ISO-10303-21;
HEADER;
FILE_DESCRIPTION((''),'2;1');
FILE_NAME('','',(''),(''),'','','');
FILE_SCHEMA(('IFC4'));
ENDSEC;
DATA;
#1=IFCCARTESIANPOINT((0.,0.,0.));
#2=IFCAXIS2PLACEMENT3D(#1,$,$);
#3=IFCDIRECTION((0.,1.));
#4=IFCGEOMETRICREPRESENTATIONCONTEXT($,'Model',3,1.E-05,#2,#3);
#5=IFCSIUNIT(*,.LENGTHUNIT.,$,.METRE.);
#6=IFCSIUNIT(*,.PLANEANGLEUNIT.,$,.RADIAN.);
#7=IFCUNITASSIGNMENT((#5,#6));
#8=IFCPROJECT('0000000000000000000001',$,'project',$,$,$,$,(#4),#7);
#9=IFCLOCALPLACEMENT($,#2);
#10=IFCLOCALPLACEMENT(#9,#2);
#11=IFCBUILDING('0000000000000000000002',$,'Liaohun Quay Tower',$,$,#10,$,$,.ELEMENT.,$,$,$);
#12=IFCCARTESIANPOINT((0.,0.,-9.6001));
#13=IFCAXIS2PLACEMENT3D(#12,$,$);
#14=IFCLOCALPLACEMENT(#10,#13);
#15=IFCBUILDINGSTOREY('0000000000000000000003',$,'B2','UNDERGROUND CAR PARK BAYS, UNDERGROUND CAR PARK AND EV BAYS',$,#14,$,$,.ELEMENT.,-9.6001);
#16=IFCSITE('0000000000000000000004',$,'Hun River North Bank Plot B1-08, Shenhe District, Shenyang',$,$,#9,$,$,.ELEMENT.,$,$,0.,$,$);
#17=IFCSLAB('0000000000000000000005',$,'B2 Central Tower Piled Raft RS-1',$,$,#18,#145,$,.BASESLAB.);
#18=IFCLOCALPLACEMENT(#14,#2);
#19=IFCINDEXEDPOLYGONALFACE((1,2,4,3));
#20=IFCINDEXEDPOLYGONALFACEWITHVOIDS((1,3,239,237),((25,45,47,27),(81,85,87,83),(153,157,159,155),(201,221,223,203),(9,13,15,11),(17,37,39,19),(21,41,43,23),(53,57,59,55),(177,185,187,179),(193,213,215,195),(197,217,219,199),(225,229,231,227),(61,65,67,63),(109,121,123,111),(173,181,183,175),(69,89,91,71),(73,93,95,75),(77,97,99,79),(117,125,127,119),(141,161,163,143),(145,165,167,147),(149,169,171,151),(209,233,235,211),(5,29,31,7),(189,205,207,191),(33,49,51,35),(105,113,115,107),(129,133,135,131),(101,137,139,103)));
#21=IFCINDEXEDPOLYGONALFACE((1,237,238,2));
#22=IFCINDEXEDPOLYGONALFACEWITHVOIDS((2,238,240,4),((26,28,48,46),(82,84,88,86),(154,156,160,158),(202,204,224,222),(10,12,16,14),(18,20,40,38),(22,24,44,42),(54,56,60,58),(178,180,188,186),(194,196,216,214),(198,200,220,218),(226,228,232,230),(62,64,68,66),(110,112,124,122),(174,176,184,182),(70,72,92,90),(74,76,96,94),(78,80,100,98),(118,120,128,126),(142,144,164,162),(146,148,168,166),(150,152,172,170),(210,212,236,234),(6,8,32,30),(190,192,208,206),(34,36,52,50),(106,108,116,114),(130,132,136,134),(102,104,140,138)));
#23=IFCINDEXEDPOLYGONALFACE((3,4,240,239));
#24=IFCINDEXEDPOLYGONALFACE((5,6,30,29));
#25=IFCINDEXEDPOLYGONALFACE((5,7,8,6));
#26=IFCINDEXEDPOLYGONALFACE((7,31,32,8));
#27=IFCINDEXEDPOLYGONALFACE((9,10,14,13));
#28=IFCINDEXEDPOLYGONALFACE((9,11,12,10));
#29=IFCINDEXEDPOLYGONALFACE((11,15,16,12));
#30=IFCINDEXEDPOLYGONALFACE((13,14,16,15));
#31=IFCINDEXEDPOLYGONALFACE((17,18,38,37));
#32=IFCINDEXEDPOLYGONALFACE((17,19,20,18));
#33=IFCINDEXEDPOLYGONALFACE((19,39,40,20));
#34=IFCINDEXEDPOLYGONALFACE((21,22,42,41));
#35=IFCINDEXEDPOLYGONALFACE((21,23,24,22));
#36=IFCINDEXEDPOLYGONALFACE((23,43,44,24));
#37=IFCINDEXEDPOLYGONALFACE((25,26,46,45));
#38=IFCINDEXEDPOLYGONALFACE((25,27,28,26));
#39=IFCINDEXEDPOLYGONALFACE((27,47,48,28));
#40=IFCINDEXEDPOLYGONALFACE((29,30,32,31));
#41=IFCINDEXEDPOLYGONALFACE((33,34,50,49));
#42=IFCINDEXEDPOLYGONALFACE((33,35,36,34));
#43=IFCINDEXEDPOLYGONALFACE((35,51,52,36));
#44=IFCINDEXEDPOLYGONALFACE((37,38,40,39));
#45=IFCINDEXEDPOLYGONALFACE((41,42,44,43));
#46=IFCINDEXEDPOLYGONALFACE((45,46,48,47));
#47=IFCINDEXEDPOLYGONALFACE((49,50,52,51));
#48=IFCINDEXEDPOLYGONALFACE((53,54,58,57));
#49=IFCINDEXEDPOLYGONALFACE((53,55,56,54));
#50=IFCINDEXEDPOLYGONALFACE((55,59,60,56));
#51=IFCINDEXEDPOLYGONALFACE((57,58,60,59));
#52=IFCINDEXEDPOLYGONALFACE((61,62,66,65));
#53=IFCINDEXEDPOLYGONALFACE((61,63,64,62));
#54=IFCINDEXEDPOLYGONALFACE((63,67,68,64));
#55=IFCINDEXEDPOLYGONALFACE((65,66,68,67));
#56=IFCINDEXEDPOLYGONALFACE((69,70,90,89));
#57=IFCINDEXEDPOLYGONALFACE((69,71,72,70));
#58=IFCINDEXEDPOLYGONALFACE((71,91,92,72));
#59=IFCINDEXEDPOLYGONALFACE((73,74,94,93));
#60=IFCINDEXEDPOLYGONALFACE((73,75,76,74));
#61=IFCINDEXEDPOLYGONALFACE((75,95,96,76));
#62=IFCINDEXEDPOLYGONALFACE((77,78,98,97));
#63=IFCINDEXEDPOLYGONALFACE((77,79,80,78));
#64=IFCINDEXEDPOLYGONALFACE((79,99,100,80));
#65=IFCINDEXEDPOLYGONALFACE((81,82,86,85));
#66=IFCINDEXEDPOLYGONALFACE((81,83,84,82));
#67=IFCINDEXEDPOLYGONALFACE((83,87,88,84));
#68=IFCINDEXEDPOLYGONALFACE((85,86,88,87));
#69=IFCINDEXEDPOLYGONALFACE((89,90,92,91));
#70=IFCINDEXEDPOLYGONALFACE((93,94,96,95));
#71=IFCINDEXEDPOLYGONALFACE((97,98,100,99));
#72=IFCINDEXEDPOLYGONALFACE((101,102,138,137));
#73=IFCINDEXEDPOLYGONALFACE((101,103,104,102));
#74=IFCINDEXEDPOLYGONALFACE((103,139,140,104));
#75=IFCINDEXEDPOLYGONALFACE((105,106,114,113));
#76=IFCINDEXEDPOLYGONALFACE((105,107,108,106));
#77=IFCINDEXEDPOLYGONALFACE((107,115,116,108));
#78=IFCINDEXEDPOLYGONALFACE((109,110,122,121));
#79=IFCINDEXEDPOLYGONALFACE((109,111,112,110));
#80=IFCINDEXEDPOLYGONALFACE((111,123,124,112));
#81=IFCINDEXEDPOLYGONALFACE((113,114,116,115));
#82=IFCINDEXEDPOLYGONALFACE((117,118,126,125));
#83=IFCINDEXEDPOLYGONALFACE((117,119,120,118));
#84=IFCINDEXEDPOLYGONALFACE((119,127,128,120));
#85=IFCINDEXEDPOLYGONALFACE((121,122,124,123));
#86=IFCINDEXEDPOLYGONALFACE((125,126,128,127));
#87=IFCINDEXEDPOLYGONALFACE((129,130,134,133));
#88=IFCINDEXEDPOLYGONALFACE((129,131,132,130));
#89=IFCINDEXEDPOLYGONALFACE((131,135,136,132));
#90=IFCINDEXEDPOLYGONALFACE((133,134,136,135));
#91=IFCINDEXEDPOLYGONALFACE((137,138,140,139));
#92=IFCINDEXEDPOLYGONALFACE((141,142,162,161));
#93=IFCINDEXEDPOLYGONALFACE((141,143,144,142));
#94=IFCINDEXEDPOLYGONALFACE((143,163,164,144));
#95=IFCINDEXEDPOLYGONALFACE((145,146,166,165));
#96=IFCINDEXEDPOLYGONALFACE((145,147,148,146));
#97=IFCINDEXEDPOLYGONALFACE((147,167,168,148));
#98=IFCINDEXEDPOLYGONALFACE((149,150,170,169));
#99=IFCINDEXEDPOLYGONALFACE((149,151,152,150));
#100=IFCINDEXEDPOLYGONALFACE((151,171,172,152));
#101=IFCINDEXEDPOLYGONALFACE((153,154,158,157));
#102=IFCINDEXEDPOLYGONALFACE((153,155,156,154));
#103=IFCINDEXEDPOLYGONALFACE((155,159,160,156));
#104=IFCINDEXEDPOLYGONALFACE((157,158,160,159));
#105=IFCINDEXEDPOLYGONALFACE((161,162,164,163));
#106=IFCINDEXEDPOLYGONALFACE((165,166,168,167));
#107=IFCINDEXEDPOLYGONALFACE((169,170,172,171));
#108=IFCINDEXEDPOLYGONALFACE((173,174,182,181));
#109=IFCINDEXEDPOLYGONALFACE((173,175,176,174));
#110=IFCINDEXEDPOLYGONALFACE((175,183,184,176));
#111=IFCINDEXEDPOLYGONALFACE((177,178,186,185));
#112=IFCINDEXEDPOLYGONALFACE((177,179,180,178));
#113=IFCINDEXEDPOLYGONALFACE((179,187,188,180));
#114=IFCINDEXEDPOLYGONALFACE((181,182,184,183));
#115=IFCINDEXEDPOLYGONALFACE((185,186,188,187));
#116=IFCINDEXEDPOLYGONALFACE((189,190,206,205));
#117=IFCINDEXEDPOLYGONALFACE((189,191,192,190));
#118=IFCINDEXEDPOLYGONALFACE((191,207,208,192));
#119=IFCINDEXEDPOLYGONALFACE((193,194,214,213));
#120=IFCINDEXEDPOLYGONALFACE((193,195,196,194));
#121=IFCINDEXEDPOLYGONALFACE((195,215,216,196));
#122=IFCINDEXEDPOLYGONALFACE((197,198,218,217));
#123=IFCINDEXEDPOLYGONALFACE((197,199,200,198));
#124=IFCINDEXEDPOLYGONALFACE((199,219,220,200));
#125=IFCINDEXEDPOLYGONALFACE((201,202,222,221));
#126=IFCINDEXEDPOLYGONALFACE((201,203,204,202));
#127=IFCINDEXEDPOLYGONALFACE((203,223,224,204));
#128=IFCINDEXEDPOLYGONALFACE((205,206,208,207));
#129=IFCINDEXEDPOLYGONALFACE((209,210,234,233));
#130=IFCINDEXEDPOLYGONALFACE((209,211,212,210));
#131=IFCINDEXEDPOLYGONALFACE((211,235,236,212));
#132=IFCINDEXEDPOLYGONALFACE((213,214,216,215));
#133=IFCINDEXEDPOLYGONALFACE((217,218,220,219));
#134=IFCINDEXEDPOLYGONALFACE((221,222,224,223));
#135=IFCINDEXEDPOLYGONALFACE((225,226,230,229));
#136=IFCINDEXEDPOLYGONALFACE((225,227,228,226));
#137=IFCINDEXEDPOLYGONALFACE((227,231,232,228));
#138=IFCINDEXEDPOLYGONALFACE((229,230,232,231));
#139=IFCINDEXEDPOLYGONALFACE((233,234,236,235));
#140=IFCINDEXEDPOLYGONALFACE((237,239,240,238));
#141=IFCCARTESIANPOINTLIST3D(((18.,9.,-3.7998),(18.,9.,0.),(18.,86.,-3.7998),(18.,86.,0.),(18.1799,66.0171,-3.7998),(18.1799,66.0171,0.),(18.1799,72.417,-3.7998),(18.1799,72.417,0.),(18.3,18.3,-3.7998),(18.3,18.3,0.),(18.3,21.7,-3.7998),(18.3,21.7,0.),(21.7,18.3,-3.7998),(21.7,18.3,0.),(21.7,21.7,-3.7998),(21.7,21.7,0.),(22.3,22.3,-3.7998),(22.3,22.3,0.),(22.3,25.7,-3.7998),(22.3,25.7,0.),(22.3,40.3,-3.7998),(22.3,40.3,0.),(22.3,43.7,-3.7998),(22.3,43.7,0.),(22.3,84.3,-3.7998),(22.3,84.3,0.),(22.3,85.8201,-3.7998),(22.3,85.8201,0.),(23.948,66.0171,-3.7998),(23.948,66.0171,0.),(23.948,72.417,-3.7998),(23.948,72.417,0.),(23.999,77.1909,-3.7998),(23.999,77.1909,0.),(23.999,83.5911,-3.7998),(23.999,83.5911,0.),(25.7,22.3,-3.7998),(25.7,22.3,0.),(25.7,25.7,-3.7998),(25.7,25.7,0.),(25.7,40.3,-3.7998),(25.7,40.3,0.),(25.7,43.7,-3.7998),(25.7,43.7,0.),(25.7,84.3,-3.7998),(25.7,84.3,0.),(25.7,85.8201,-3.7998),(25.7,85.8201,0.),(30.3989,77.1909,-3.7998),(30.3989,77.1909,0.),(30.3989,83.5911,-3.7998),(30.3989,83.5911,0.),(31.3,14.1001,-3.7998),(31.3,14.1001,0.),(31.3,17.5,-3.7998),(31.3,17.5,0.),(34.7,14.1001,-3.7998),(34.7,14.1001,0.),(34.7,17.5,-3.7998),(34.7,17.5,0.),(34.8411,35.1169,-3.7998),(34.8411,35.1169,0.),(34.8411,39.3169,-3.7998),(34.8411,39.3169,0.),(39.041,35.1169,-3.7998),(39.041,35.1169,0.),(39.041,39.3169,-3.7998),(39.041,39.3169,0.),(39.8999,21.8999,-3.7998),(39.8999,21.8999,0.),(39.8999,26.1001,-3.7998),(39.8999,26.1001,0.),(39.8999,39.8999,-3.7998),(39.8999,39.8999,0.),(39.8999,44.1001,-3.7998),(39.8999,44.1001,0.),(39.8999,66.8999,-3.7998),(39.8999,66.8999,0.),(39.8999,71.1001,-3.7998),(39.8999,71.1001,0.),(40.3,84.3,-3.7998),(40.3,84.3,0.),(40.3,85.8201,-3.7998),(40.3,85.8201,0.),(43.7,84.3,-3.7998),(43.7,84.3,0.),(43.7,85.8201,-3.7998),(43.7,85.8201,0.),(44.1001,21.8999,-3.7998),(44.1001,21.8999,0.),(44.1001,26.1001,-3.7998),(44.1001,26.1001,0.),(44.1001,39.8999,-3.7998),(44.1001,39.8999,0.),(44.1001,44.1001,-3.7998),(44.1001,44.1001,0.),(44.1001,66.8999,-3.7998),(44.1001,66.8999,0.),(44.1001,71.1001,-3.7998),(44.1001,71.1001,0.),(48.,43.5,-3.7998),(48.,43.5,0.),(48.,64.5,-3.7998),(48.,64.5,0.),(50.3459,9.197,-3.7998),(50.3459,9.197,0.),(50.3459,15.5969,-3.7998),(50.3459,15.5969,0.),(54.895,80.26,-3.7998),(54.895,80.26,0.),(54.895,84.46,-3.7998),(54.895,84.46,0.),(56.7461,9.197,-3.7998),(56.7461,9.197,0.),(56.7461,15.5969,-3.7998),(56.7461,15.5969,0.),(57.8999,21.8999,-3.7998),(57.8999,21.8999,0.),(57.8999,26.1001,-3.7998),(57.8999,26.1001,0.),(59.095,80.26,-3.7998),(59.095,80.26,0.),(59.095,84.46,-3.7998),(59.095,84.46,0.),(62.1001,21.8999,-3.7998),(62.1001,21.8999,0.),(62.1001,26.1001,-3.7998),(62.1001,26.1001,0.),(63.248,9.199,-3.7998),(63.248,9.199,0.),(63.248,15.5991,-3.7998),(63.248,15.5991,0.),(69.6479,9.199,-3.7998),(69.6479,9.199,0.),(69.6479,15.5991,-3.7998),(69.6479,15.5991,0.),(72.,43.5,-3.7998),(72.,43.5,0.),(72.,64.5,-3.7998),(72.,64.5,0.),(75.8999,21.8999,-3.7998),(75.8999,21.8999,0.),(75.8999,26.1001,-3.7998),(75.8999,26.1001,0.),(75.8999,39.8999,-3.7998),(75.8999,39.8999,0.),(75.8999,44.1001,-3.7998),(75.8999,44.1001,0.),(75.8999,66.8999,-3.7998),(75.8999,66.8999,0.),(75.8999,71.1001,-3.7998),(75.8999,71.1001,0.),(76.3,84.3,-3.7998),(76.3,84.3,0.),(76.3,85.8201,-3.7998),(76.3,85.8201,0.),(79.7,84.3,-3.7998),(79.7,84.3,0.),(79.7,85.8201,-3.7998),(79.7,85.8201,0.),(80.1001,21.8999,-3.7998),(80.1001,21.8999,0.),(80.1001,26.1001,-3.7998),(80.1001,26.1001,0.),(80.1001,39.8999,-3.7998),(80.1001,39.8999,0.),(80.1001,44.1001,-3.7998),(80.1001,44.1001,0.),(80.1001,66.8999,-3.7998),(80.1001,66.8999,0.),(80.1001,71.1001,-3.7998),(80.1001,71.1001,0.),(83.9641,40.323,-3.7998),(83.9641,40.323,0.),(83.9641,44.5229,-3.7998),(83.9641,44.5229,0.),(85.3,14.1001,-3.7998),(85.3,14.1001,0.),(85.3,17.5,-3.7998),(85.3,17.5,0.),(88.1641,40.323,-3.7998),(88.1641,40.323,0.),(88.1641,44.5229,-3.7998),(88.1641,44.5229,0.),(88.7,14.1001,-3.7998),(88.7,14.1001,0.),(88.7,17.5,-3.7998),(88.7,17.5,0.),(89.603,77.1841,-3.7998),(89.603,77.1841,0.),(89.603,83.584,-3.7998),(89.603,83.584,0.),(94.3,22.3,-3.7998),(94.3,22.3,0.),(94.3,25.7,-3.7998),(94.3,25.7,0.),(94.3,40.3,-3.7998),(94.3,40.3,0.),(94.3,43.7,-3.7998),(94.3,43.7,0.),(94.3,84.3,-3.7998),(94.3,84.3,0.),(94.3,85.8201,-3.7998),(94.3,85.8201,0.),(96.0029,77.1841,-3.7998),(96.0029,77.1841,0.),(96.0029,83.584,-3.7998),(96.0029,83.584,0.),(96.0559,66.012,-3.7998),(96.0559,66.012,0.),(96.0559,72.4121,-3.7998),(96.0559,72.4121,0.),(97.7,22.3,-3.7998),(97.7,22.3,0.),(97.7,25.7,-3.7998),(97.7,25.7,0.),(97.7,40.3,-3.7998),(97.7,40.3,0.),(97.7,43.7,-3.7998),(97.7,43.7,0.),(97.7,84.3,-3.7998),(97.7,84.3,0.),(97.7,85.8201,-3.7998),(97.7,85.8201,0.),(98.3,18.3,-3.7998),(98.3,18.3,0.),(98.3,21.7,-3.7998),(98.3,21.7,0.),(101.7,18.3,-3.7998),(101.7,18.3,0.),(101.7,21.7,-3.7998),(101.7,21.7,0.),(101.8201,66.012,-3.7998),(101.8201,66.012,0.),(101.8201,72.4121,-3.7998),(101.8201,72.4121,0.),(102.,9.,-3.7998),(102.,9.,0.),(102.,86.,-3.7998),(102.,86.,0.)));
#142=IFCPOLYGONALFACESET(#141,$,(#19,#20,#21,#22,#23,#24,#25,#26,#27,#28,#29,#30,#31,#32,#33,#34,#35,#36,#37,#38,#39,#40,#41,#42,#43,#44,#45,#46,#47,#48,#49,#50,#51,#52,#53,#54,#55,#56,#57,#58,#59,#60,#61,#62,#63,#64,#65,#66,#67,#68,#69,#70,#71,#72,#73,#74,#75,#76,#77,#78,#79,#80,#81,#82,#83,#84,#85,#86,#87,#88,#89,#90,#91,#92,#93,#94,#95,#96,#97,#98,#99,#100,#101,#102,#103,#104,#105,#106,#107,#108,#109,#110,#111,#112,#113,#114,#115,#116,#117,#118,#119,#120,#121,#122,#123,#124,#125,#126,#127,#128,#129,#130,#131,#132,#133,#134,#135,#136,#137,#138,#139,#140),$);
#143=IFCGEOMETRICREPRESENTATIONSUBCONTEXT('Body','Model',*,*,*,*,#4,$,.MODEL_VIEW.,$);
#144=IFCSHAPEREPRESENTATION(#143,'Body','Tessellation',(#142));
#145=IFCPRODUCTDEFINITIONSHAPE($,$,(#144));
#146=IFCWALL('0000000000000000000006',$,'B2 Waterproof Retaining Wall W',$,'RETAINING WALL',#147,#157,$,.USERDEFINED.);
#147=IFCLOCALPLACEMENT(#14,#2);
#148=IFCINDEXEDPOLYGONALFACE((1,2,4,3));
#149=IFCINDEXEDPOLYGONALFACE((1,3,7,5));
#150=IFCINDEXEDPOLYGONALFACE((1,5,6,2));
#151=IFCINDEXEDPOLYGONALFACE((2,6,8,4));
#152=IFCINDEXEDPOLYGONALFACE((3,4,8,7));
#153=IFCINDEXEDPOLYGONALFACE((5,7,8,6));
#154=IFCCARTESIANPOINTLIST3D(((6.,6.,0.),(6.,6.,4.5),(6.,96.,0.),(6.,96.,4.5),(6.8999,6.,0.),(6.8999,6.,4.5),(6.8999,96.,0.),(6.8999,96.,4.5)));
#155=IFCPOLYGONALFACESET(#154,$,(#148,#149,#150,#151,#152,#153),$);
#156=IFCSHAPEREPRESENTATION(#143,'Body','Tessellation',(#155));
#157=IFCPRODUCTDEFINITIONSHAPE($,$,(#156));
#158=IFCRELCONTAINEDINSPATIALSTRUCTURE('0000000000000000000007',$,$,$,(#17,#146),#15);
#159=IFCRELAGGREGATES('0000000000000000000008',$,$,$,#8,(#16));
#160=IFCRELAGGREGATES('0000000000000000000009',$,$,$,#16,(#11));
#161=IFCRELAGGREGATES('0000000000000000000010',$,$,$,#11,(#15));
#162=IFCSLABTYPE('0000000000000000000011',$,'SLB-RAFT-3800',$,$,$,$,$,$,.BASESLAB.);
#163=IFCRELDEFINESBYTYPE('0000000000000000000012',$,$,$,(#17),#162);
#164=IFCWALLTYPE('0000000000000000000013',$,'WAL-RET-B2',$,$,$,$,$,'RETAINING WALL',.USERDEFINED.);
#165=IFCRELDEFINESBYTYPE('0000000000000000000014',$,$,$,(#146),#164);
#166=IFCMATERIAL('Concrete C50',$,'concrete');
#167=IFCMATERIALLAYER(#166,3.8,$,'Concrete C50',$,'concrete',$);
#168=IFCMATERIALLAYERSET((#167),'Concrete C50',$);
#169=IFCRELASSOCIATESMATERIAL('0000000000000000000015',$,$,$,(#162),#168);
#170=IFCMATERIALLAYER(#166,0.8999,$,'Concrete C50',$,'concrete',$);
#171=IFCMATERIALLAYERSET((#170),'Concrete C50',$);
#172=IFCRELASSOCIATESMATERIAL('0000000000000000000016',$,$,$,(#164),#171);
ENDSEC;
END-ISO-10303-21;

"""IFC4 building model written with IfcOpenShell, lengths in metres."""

from ifc_helpers import new_model, si_unit, direction, frame, frame_2d, origin, place, context, subcontext, project, spatial, polyline, rectangle, outline, extrude, material, layer, layer_set, type_object, element, save


model = new_model("IFC4")

# Units and contexts
model_context = context("Model", 3, precision=1e-05, world=origin(), true_north=direction((0.0, 1.0)))
body_context = subcontext(model_context, "Body", "Model", "MODEL_VIEW")
ifc_project = project(units=[si_unit("LENGTHUNIT", "METRE"), si_unit("PLANEANGLEUNIT", "RADIAN")], contexts=[model_context])

# Site, building, storey
site_placement = place(None, origin())
site = spatial("IfcSite", under=ifc_project, at=site_placement, Name="Hun River North Bank Plot B1-08, Shenhe District, Shenyang", CompositionType="ELEMENT", RefElevation=0.0)
building_placement = place(site_placement, origin())
building = spatial("IfcBuilding", under=site, at=building_placement, Name="Liaohun Quay Tower", CompositionType="ELEMENT")
storey_placement = place(building_placement, frame((0.0, 0.0, -9.6001)))
storey = spatial("IfcBuildingStorey", under=building, at=storey_placement, Name="B2", Description="UNDERGROUND CAR PARK BAYS, UNDERGROUND CAR PARK AND EV BAYS", CompositionType="ELEMENT", Elevation=-9.6001)

# Slab
ifc_material_1 = material(Name="Concrete C50", Category="concrete")
ifc_layer_1 = layer(ifc_material_1, 3.8, Name="Concrete C50", Category="concrete")
ifc_layer_set_1 = layer_set([ifc_layer_1], Name="Concrete C50")
slab_type_1 = type_object("IfcSlabType", Name="SLB-RAFT-3800", PredefinedType="BASESLAB", material=ifc_layer_set_1)
slab_1_placement = place(storey_placement, frame((0.0, 0.0, -3.7998)))
element("IfcSlab", 1, at=slab_1_placement, inside=storey, type_object=slab_type_1, Name="B2 Central Tower Piled Raft RS-1", PredefinedType="BASESLAB", context=body_context, shape_type="SweptSolid", body=[
    extrude(outline(polyline([(18.0, 9.0), (102.0, 9.0), (102.0, 86.0), (18.0, 86.0), (18.0, 9.0)]), holes=[polyline([(56.7461, 9.197), (56.7461, 15.5969), (50.3459, 15.5969), (50.3459, 9.197), (56.7461, 9.197)]), polyline([(31.3, 14.1001), (34.7, 14.1001), (34.7, 17.5), (31.3, 17.5), (31.3, 14.1001)]), polyline([(18.3, 18.3), (21.7, 18.3), (21.7, 21.7), (18.3, 21.7), (18.3, 18.3)]), polyline([(22.3, 22.3), (25.7, 22.3), (25.7, 25.7), (22.3, 25.7), (22.3, 22.3)]), polyline([(39.8999, 21.8999), (44.1001, 21.8999), (44.1001, 26.1001), (39.8999, 26.1001), (39.8999, 21.8999)]), polyline([(34.8411, 35.1169), (39.041, 35.1169), (39.041, 39.3169), (34.8411, 39.3169), (34.8411, 35.1169)]), polyline([(22.3, 40.3), (25.7, 40.3), (25.7, 43.7), (22.3, 43.7), (22.3, 40.3)]), polyline([(44.1001, 39.8999), (44.1001, 44.1001), (39.8999, 44.1001), (39.8999, 39.8999), (44.1001, 39.8999)]), polyline([(48.0, 43.5), (72.0, 43.5), (72.0, 64.5), (48.0, 64.5), (48.0, 43.5)]), polyline([(39.8999, 66.8999), (44.1001, 66.8999), (44.1001, 71.1001), (39.8999, 71.1001), (39.8999, 66.8999)]), polyline([(23.948, 72.417), (18.1799, 72.417), (18.1799, 66.0171), (23.948, 66.0171), (23.948, 72.417)]), polyline([(23.999, 77.1909), (30.3989, 77.1909), (30.3989, 83.5911), (23.999, 83.5911), (23.999, 77.1909)]), polyline([(54.895, 80.26), (59.095, 80.26), (59.095, 84.46), (54.895, 84.46), (54.895, 80.26)]), polyline([(25.7, 84.3), (25.7, 85.8201), (22.3, 85.8201), (22.3, 84.3), (25.7, 84.3)]), polyline([(43.7, 85.8201), (40.3, 85.8201), (40.3, 84.3), (43.7, 84.3), (43.7, 85.8201)]), polyline([(63.248, 9.199), (69.6479, 9.199), (69.6479, 15.5991), (63.248, 15.5991), (63.248, 9.199)]), polyline([(85.3, 14.1001), (88.7, 14.1001), (88.7, 17.5), (85.3, 17.5), (85.3, 14.1001)]), polyline([(98.3, 18.3), (101.7, 18.3), (101.7, 21.7), (98.3, 21.7), (98.3, 18.3)]), polyline([(57.8999, 21.8999), (62.1001, 21.8999), (62.1001, 26.1001), (57.8999, 26.1001), (57.8999, 21.8999)]), polyline([(75.8999, 21.8999), (80.1001, 21.8999), (80.1001, 26.1001), (75.8999, 26.1001), (75.8999, 21.8999)]), polyline([(94.3, 22.3), (97.7, 22.3), (97.7, 25.7), (94.3, 25.7), (94.3, 22.3)]), polyline([(75.8999, 39.8999), (80.1001, 39.8999), (80.1001, 44.1001), (75.8999, 44.1001), (75.8999, 39.8999)]), polyline([(94.3, 40.3), (97.7, 40.3), (97.7, 43.7), (94.3, 43.7), (94.3, 40.3)]), polyline([(83.9641, 40.323), (88.1641, 40.323), (88.1641, 44.5229), (83.9641, 44.5229), (83.9641, 40.323)]), polyline([(75.8999, 66.8999), (80.1001, 66.8999), (80.1001, 71.1001), (75.8999, 71.1001), (75.8999, 66.8999)]), polyline([(96.0559, 66.012), (101.8201, 66.012), (101.8201, 72.4121), (96.0559, 72.4121), (96.0559, 66.012)]), polyline([(89.603, 77.1841), (96.0029, 77.1841), (96.0029, 83.584), (89.603, 83.584), (89.603, 77.1841)]), polyline([(79.7, 84.3), (79.7, 85.8201), (76.3, 85.8201), (76.3, 84.3), (79.7, 84.3)]), polyline([(97.7, 84.3), (97.7, 85.8201), (94.3, 85.8201), (94.3, 84.3), (97.7, 84.3)])]), origin(), (0.0, 0.0, 1.0), 3.7998),
])

# Wall
ifc_layer_2 = layer(ifc_material_1, 0.8999, Name="Concrete C50", Category="concrete")
ifc_layer_set_2 = layer_set([ifc_layer_2], Name="Concrete C50")
wall_type = type_object("IfcWallType", Name="WAL-RET-B2", ElementType="RETAINING WALL", PredefinedType="USERDEFINED", material=ifc_layer_set_2)
wall_placement = place(storey_placement, frame((6.45, 6.0, 0.0), z_axis=(0.0, 0.0, 1.0), x_axis=(0.0, 1.0, 0.0)))
element("IfcWall", 2, at=wall_placement, inside=storey, type_object=wall_type, Name="B2 Waterproof Retaining Wall W", ObjectType="RETAINING WALL", PredefinedType="USERDEFINED", context=body_context, shape_type="SweptSolid", body=[
    extrude(rectangle(XDim=90.0, YDim=0.8999, at=frame_2d((45.0, 0.0))), origin(), (0.0, 0.0, 1.0), 4.5),
])

save(model, "model.ifc")
